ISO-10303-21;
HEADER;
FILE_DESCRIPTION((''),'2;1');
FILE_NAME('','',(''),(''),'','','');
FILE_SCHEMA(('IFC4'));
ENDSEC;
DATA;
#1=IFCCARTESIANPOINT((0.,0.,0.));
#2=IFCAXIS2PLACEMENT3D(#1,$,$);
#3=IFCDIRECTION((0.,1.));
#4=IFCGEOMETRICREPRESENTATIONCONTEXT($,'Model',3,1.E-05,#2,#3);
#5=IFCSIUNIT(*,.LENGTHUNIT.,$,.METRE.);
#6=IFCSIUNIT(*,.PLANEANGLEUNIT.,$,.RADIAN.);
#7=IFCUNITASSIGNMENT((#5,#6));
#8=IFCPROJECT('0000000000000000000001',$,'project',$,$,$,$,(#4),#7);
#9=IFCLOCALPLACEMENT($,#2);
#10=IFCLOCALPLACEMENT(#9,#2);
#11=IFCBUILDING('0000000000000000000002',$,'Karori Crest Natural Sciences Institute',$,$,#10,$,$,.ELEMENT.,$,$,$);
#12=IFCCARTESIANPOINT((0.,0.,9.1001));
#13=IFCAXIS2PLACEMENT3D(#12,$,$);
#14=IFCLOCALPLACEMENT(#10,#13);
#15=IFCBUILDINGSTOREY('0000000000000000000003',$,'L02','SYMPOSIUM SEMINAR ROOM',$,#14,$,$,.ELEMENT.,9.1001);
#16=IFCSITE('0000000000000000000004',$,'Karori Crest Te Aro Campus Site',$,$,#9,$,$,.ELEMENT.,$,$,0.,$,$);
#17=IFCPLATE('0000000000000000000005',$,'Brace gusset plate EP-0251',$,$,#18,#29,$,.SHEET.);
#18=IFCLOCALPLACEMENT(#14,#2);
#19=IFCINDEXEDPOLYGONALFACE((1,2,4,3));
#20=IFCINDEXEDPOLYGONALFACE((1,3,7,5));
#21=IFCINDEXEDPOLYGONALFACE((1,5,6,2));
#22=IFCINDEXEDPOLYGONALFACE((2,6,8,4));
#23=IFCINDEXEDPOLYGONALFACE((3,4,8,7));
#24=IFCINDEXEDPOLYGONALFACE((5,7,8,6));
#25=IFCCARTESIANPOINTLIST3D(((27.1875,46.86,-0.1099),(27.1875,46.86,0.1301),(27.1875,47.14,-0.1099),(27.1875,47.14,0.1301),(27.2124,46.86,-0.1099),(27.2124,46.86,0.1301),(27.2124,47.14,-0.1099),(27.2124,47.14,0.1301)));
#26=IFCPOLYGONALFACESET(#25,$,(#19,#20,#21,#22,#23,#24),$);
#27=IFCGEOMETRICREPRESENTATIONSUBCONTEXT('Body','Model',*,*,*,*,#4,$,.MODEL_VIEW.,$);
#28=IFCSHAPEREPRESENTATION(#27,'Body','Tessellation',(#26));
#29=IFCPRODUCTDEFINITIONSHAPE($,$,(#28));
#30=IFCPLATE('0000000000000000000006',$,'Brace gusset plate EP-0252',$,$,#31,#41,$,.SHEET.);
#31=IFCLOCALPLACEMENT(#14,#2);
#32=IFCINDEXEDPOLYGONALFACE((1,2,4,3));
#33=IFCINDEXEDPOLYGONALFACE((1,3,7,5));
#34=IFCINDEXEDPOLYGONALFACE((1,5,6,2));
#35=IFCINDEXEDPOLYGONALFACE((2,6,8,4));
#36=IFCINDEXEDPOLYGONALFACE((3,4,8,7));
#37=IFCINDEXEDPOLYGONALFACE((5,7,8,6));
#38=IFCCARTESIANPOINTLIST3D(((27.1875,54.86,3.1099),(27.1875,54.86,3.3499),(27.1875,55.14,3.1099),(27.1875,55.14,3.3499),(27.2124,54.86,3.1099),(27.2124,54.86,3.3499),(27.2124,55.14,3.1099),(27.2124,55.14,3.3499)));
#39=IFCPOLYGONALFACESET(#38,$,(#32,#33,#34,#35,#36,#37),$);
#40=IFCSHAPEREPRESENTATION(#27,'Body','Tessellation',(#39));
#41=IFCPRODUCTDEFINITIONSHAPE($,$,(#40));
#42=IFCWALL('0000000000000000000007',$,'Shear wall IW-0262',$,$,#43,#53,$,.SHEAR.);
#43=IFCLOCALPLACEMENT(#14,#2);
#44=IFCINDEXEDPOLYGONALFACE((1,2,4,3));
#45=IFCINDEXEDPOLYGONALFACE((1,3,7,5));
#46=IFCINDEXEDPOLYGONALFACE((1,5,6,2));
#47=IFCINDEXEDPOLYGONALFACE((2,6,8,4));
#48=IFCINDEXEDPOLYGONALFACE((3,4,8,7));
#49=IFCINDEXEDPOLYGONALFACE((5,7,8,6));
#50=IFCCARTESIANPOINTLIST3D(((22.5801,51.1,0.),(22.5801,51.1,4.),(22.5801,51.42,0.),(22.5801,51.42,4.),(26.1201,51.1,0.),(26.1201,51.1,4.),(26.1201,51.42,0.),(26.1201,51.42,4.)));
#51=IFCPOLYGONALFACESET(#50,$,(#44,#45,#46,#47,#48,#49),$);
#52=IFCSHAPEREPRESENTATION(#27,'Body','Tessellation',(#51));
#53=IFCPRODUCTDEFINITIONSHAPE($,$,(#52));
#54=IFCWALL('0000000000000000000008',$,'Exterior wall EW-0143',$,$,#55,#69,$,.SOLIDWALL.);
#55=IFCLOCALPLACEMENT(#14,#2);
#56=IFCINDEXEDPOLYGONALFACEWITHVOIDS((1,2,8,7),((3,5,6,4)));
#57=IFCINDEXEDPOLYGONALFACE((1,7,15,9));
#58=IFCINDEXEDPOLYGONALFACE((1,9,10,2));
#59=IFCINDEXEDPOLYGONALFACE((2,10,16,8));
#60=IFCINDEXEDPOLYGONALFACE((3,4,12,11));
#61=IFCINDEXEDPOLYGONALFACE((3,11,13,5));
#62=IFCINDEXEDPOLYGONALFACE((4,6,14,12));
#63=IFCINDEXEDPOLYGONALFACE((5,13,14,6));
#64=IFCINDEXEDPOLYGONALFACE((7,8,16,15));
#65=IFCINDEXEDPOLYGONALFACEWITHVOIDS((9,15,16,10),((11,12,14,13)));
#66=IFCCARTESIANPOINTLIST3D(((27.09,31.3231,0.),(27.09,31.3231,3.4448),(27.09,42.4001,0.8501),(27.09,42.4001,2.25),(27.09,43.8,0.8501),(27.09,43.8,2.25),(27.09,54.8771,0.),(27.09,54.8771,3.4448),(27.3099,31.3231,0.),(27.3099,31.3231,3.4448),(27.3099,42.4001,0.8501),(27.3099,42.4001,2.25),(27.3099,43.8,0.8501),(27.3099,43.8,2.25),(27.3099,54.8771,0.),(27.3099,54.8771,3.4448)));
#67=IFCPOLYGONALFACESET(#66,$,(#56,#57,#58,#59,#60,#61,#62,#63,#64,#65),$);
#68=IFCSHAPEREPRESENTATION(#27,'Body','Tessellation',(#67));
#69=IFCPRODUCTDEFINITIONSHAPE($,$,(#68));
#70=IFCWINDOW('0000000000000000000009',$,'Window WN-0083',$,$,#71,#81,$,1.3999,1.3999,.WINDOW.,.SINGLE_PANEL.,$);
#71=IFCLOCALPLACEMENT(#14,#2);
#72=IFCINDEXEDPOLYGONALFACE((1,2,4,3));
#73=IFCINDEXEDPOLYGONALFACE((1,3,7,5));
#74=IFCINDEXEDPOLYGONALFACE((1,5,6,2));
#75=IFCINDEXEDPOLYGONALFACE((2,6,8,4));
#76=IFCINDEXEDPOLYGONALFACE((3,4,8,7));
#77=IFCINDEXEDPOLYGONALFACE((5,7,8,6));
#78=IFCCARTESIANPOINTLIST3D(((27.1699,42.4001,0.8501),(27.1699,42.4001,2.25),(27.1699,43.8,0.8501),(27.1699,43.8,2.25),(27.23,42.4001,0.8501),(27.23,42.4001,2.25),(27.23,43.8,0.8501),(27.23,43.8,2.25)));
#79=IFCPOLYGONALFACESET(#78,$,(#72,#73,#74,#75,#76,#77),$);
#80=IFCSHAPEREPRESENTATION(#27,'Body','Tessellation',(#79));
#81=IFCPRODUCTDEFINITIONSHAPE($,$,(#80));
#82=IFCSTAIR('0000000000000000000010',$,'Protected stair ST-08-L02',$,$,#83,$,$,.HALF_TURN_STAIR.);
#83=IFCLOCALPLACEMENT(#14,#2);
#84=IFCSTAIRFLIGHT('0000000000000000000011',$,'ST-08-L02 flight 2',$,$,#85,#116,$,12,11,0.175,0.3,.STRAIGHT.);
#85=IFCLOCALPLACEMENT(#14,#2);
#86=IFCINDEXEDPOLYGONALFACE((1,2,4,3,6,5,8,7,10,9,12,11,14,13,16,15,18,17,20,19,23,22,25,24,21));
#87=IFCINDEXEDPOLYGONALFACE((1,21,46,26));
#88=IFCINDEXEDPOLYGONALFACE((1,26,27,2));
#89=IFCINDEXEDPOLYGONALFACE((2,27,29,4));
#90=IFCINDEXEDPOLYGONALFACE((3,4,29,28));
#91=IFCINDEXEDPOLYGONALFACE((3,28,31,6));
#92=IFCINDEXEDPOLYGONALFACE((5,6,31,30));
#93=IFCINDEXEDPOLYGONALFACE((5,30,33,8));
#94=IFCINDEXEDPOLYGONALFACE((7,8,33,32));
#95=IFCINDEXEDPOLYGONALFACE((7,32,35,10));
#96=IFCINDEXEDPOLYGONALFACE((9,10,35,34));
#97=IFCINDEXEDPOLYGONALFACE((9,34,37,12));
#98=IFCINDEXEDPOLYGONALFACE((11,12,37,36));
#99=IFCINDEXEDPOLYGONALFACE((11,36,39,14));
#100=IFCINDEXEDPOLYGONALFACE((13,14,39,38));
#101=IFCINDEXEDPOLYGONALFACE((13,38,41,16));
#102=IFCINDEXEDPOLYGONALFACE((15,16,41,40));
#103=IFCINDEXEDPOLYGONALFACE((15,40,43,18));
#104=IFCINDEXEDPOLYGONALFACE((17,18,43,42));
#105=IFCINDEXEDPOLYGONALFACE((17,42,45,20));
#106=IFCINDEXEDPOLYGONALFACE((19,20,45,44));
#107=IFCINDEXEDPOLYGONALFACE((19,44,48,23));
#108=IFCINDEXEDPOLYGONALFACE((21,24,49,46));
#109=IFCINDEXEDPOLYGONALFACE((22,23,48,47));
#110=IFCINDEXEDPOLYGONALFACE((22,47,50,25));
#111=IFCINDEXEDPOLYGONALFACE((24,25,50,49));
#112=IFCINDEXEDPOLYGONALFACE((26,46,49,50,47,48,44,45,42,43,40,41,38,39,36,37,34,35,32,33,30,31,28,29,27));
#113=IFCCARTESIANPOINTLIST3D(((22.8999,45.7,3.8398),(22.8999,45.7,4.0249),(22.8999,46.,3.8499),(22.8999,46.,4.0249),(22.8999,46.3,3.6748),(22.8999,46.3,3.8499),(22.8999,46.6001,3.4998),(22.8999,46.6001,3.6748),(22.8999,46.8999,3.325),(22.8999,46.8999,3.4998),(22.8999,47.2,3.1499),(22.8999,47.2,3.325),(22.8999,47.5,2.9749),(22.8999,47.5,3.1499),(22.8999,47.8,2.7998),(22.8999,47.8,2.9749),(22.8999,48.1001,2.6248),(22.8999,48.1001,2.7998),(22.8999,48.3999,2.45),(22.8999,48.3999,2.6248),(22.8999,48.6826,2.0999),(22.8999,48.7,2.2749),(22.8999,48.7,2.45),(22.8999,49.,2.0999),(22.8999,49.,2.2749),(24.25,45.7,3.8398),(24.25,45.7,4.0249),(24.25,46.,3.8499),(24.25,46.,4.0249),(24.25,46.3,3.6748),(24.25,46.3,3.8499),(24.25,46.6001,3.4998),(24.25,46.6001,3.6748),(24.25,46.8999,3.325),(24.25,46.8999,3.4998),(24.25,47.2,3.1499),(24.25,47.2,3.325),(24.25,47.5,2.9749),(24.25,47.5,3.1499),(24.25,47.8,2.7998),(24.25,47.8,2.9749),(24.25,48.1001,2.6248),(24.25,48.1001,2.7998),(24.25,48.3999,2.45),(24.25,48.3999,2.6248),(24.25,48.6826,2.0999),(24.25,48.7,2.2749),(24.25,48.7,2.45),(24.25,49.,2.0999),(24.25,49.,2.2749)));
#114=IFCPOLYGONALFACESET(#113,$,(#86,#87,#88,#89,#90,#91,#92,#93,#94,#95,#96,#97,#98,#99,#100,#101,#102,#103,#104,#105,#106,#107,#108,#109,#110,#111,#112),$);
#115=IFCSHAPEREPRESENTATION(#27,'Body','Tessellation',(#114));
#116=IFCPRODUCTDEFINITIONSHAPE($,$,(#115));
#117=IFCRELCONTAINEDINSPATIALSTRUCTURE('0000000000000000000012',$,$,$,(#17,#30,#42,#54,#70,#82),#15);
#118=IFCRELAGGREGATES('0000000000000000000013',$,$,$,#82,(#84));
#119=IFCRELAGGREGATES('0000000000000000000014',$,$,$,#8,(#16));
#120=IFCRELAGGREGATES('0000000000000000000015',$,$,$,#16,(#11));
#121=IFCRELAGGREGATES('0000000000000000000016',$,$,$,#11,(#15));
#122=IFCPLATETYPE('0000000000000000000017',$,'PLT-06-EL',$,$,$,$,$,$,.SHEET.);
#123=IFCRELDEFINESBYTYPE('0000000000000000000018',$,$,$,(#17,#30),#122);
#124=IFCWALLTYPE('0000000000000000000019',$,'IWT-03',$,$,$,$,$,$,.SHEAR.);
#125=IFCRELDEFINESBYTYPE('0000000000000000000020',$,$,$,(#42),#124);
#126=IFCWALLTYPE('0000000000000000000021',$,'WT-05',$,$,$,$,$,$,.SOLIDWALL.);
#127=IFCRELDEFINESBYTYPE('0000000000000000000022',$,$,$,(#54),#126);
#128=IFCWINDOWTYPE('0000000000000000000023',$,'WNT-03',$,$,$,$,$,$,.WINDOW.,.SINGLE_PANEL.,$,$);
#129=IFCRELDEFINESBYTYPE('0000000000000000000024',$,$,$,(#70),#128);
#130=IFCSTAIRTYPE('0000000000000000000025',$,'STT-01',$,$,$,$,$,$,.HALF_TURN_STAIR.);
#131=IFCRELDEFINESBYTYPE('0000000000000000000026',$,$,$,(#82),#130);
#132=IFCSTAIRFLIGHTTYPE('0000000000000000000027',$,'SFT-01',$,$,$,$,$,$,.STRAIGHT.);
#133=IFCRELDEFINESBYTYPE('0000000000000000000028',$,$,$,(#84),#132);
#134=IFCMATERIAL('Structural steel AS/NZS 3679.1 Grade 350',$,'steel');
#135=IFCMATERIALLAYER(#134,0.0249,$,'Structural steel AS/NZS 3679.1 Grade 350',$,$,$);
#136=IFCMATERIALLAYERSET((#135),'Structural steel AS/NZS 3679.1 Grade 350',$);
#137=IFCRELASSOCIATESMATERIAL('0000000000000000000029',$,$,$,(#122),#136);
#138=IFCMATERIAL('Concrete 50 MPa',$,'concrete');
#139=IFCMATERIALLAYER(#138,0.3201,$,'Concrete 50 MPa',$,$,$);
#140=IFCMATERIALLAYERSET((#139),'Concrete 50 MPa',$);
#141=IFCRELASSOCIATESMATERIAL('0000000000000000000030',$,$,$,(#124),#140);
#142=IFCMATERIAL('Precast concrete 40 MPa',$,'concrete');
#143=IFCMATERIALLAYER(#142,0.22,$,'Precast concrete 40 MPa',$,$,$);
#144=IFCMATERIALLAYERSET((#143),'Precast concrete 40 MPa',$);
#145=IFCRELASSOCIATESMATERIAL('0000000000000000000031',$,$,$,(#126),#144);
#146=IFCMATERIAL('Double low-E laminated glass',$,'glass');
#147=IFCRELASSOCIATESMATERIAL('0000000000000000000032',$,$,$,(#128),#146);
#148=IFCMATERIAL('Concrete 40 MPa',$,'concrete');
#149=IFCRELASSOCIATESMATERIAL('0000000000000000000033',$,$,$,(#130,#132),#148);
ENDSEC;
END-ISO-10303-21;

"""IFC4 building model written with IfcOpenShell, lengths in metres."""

from ifc_helpers import new_model, si_unit, direction, frame, frame_2d, origin, origin_2d, place, context, subcontext, project, spatial, polyline, rectangle, outline, extrude, material, layer, layer_set, type_object, element, fill, aggregate, save


model = new_model("IFC4")

# Units and contexts
model_context = context("Model", 3, precision=1e-05, world=origin(), true_north=direction((0.0, 1.0)))
body_context = subcontext(model_context, "Body", "Model", "MODEL_VIEW")
ifc_project = project(units=[si_unit("LENGTHUNIT", "METRE"), si_unit("PLANEANGLEUNIT", "RADIAN")], contexts=[model_context])

# Site, building, storey
site_placement = place(None, origin())
site = spatial("IfcSite", under=ifc_project, at=site_placement, Name="Karori Crest Te Aro Campus Site", CompositionType="ELEMENT", RefElevation=0.0)
building_placement = place(site_placement, origin())
building = spatial("IfcBuilding", under=site, at=building_placement, Name="Karori Crest Natural Sciences Institute", CompositionType="ELEMENT")
storey_placement = place(building_placement, frame((0.0, 0.0, 9.1001)))
storey = spatial("IfcBuildingStorey", under=building, at=storey_placement, Name="L02", Description="SYMPOSIUM SEMINAR ROOM", CompositionType="ELEMENT", Elevation=9.1001)

# Shared definitions
ifc_material_1 = material(Name="Structural steel AS/NZS 3679.1 Grade 350", Category="steel")

# Plates
ifc_layer_1 = layer(ifc_material_1, 0.0249, Name="Structural steel AS/NZS 3679.1 Grade 350")
ifc_layer_set_1 = layer_set([ifc_layer_1], Name="Structural steel AS/NZS 3679.1 Grade 350")
plate_type = type_object("IfcPlateType", Name="PLT-06-EL", PredefinedType="SHEET", material=ifc_layer_set_1)
for number, where, z_axis, x_axis, name in (
    (1, (27.2, 47.0, -0.1099), (0.0, 0.0, 1.0), (0.0, 1.0, 0.0), "Brace gusset plate EP-0251"),
    (2, (27.2, 55.0, 3.1099), (0.0, 0.0, 1.0), (0.0, 1.0, 0.0), "Brace gusset plate EP-0252"),
):
    element("IfcPlate", number, at=place(storey_placement, frame(where, z_axis=z_axis, x_axis=x_axis)), inside=storey, type_object=plate_type, Name=name, PredefinedType="SHEET", context=body_context, shape_type="SweptSolid", body=[
        extrude(rectangle(XDim=0.28, YDim=0.0249, at=origin_2d()), origin(), (0.0, 0.0, 1.0), 0.24),
    ])

# Wall
ifc_material_2 = material(Name="Concrete 50 MPa", Category="concrete")
ifc_layer_2 = layer(ifc_material_2, 0.3201, Name="Concrete 50 MPa")
ifc_layer_set_2 = layer_set([ifc_layer_2], Name="Concrete 50 MPa")
wall_type_1 = type_object("IfcWallType", Name="IWT-03", PredefinedType="SHEAR", material=ifc_layer_set_2)
wall_1_placement = place(storey_placement, frame((22.5801, 51.26, 0.0), z_axis=(0.0, 0.0, 1.0), x_axis=(1.0, 0.0, 0.0)))
element("IfcWall", 3, at=wall_1_placement, inside=storey, type_object=wall_type_1, Name="Shear wall IW-0262", PredefinedType="SHEAR", context=body_context, shape_type="SweptSolid", body=[
    extrude(rectangle(XDim=3.54, YDim=0.3201, at=frame_2d((1.77, 0.0))), origin(), (0.0, 0.0, 1.0), 4.0),
])

# Wall, opening, window
ifc_material_3 = material(Name="Precast concrete 40 MPa", Category="concrete")
ifc_layer_3 = layer(ifc_material_3, 0.22, Name="Precast concrete 40 MPa")
ifc_layer_set_3 = layer_set([ifc_layer_3], Name="Precast concrete 40 MPa")
wall_type_2 = type_object("IfcWallType", Name="WT-05", PredefinedType="SOLIDWALL", material=ifc_layer_set_3)
wall_2_placement = place(storey_placement, frame((27.2, 54.877, 0.0), z_axis=(0.0, 0.0, 1.0), x_axis=(0.0, -1.0, 0.0)))
wall_2 = element("IfcWall", 4, at=wall_2_placement, inside=storey, type_object=wall_type_2, Name="Exterior wall EW-0143", PredefinedType="SOLIDWALL", context=body_context, shape_type="SweptSolid", body=[
    extrude(rectangle(XDim=23.554, YDim=0.22, at=frame_2d((11.7769, 0.0))), origin(), (0.0, 0.0, 1.0), 3.4448),
])
opening_placement = place(wall_2_placement, frame((11.0769, 0.0, 0.8501)))
opening = element("IfcOpeningElement", 5, at=opening_placement, cuts=wall_2, PredefinedType="OPENING", context=body_context, shape_type="SweptSolid", body=[
    extrude(rectangle(XDim=1.3999, YDim=1.3999, at=frame_2d((0.7, 0.7))), frame((0.0, 0.1201, 0.0), z_axis=(0.0, -1.0, 0.0), x_axis=(1.0, 0.0, 0.0)), (0.0, 0.0, 1.0), 0.24),
])
ifc_material_4 = material(Name="Double low-E laminated glass", Category="glass")
window_type = type_object("IfcWindowType", Name="WNT-03", PartitioningType="SINGLE_PANEL", PredefinedType="WINDOW", material=ifc_material_4)
window_placement = place(opening_placement, origin())
window = element("IfcWindow", 6, at=window_placement, inside=storey, type_object=window_type, Name="Window WN-0083", OverallHeight=1.3999, OverallWidth=1.3999, PartitioningType="SINGLE_PANEL", PredefinedType="WINDOW", context=body_context, shape_type="SweptSolid", body=[
    extrude(rectangle(XDim=1.3999, YDim=1.3999, at=frame_2d((0.7, 0.7))), frame((0.0, 0.03, 0.0), z_axis=(0.0, -1.0, 0.0), x_axis=(1.0, 0.0, 0.0)), (0.0, 0.0, 1.0), 0.0601),
])
fill(opening, window)

# Stair, stair flight
ifc_material_5 = material(Name="Concrete 40 MPa", Category="concrete")
stair_type = type_object("IfcStairType", Name="STT-01", PredefinedType="HALF_TURN_STAIR", material=ifc_material_5)
stair_placement = place(storey_placement, origin())
stair = element("IfcStair", 7, at=stair_placement, inside=storey, type_object=stair_type, Name="Protected stair ST-08-L02", PredefinedType="HALF_TURN_STAIR")
stair_flight_type = type_object("IfcStairFlightType", Name="SFT-01", PredefinedType="STRAIGHT", material=ifc_material_5)
stair_flight_placement = place(storey_placement, frame((23.575, 49.0, 2.0999), z_axis=(0.0, 0.0, 1.0), x_axis=(0.0, -1.0, 0.0)))
stair_flight = element("IfcStairFlight", 8, at=stair_flight_placement, type_object=stair_flight_type, Name="ST-08-L02 flight 2", NumberOfRisers=12, NumberOfTreads=11, PredefinedType="STRAIGHT", RiserHeight=0.175, TreadLength=0.3, context=body_context, shape_type="SweptSolid", body=[
    extrude(outline(polyline([(0.0, 0.0), (0.0, 0.175), (0.3, 0.175), (0.3, 0.3501), (0.6001, 0.3501), (0.6001, 0.5249), (0.8999, 0.5249), (0.8999, 0.7), (1.2, 0.7), (1.2, 0.875), (1.5, 0.875), (1.5, 1.05), (1.8, 1.05), (1.8, 1.2251), (2.1001, 1.2251), (2.1001, 1.3999), (2.3999, 1.3999), (2.3999, 1.575), (2.7, 1.575), (2.7, 1.75), (3.0, 1.75), (3.0, 1.925), (3.3, 1.925), (3.3, 2.1001), (3.3, 1.74), (0.3174, 0.0), (0.0, 0.0)])), frame((0.0, 0.675, 0.0), z_axis=(0.0, -1.0, 0.0), x_axis=(1.0, 0.0, 0.0)), (0.0, 0.0, 1.0), 1.3501),
])
aggregate(stair, [stair_flight])

save(model, "model.ifc")
